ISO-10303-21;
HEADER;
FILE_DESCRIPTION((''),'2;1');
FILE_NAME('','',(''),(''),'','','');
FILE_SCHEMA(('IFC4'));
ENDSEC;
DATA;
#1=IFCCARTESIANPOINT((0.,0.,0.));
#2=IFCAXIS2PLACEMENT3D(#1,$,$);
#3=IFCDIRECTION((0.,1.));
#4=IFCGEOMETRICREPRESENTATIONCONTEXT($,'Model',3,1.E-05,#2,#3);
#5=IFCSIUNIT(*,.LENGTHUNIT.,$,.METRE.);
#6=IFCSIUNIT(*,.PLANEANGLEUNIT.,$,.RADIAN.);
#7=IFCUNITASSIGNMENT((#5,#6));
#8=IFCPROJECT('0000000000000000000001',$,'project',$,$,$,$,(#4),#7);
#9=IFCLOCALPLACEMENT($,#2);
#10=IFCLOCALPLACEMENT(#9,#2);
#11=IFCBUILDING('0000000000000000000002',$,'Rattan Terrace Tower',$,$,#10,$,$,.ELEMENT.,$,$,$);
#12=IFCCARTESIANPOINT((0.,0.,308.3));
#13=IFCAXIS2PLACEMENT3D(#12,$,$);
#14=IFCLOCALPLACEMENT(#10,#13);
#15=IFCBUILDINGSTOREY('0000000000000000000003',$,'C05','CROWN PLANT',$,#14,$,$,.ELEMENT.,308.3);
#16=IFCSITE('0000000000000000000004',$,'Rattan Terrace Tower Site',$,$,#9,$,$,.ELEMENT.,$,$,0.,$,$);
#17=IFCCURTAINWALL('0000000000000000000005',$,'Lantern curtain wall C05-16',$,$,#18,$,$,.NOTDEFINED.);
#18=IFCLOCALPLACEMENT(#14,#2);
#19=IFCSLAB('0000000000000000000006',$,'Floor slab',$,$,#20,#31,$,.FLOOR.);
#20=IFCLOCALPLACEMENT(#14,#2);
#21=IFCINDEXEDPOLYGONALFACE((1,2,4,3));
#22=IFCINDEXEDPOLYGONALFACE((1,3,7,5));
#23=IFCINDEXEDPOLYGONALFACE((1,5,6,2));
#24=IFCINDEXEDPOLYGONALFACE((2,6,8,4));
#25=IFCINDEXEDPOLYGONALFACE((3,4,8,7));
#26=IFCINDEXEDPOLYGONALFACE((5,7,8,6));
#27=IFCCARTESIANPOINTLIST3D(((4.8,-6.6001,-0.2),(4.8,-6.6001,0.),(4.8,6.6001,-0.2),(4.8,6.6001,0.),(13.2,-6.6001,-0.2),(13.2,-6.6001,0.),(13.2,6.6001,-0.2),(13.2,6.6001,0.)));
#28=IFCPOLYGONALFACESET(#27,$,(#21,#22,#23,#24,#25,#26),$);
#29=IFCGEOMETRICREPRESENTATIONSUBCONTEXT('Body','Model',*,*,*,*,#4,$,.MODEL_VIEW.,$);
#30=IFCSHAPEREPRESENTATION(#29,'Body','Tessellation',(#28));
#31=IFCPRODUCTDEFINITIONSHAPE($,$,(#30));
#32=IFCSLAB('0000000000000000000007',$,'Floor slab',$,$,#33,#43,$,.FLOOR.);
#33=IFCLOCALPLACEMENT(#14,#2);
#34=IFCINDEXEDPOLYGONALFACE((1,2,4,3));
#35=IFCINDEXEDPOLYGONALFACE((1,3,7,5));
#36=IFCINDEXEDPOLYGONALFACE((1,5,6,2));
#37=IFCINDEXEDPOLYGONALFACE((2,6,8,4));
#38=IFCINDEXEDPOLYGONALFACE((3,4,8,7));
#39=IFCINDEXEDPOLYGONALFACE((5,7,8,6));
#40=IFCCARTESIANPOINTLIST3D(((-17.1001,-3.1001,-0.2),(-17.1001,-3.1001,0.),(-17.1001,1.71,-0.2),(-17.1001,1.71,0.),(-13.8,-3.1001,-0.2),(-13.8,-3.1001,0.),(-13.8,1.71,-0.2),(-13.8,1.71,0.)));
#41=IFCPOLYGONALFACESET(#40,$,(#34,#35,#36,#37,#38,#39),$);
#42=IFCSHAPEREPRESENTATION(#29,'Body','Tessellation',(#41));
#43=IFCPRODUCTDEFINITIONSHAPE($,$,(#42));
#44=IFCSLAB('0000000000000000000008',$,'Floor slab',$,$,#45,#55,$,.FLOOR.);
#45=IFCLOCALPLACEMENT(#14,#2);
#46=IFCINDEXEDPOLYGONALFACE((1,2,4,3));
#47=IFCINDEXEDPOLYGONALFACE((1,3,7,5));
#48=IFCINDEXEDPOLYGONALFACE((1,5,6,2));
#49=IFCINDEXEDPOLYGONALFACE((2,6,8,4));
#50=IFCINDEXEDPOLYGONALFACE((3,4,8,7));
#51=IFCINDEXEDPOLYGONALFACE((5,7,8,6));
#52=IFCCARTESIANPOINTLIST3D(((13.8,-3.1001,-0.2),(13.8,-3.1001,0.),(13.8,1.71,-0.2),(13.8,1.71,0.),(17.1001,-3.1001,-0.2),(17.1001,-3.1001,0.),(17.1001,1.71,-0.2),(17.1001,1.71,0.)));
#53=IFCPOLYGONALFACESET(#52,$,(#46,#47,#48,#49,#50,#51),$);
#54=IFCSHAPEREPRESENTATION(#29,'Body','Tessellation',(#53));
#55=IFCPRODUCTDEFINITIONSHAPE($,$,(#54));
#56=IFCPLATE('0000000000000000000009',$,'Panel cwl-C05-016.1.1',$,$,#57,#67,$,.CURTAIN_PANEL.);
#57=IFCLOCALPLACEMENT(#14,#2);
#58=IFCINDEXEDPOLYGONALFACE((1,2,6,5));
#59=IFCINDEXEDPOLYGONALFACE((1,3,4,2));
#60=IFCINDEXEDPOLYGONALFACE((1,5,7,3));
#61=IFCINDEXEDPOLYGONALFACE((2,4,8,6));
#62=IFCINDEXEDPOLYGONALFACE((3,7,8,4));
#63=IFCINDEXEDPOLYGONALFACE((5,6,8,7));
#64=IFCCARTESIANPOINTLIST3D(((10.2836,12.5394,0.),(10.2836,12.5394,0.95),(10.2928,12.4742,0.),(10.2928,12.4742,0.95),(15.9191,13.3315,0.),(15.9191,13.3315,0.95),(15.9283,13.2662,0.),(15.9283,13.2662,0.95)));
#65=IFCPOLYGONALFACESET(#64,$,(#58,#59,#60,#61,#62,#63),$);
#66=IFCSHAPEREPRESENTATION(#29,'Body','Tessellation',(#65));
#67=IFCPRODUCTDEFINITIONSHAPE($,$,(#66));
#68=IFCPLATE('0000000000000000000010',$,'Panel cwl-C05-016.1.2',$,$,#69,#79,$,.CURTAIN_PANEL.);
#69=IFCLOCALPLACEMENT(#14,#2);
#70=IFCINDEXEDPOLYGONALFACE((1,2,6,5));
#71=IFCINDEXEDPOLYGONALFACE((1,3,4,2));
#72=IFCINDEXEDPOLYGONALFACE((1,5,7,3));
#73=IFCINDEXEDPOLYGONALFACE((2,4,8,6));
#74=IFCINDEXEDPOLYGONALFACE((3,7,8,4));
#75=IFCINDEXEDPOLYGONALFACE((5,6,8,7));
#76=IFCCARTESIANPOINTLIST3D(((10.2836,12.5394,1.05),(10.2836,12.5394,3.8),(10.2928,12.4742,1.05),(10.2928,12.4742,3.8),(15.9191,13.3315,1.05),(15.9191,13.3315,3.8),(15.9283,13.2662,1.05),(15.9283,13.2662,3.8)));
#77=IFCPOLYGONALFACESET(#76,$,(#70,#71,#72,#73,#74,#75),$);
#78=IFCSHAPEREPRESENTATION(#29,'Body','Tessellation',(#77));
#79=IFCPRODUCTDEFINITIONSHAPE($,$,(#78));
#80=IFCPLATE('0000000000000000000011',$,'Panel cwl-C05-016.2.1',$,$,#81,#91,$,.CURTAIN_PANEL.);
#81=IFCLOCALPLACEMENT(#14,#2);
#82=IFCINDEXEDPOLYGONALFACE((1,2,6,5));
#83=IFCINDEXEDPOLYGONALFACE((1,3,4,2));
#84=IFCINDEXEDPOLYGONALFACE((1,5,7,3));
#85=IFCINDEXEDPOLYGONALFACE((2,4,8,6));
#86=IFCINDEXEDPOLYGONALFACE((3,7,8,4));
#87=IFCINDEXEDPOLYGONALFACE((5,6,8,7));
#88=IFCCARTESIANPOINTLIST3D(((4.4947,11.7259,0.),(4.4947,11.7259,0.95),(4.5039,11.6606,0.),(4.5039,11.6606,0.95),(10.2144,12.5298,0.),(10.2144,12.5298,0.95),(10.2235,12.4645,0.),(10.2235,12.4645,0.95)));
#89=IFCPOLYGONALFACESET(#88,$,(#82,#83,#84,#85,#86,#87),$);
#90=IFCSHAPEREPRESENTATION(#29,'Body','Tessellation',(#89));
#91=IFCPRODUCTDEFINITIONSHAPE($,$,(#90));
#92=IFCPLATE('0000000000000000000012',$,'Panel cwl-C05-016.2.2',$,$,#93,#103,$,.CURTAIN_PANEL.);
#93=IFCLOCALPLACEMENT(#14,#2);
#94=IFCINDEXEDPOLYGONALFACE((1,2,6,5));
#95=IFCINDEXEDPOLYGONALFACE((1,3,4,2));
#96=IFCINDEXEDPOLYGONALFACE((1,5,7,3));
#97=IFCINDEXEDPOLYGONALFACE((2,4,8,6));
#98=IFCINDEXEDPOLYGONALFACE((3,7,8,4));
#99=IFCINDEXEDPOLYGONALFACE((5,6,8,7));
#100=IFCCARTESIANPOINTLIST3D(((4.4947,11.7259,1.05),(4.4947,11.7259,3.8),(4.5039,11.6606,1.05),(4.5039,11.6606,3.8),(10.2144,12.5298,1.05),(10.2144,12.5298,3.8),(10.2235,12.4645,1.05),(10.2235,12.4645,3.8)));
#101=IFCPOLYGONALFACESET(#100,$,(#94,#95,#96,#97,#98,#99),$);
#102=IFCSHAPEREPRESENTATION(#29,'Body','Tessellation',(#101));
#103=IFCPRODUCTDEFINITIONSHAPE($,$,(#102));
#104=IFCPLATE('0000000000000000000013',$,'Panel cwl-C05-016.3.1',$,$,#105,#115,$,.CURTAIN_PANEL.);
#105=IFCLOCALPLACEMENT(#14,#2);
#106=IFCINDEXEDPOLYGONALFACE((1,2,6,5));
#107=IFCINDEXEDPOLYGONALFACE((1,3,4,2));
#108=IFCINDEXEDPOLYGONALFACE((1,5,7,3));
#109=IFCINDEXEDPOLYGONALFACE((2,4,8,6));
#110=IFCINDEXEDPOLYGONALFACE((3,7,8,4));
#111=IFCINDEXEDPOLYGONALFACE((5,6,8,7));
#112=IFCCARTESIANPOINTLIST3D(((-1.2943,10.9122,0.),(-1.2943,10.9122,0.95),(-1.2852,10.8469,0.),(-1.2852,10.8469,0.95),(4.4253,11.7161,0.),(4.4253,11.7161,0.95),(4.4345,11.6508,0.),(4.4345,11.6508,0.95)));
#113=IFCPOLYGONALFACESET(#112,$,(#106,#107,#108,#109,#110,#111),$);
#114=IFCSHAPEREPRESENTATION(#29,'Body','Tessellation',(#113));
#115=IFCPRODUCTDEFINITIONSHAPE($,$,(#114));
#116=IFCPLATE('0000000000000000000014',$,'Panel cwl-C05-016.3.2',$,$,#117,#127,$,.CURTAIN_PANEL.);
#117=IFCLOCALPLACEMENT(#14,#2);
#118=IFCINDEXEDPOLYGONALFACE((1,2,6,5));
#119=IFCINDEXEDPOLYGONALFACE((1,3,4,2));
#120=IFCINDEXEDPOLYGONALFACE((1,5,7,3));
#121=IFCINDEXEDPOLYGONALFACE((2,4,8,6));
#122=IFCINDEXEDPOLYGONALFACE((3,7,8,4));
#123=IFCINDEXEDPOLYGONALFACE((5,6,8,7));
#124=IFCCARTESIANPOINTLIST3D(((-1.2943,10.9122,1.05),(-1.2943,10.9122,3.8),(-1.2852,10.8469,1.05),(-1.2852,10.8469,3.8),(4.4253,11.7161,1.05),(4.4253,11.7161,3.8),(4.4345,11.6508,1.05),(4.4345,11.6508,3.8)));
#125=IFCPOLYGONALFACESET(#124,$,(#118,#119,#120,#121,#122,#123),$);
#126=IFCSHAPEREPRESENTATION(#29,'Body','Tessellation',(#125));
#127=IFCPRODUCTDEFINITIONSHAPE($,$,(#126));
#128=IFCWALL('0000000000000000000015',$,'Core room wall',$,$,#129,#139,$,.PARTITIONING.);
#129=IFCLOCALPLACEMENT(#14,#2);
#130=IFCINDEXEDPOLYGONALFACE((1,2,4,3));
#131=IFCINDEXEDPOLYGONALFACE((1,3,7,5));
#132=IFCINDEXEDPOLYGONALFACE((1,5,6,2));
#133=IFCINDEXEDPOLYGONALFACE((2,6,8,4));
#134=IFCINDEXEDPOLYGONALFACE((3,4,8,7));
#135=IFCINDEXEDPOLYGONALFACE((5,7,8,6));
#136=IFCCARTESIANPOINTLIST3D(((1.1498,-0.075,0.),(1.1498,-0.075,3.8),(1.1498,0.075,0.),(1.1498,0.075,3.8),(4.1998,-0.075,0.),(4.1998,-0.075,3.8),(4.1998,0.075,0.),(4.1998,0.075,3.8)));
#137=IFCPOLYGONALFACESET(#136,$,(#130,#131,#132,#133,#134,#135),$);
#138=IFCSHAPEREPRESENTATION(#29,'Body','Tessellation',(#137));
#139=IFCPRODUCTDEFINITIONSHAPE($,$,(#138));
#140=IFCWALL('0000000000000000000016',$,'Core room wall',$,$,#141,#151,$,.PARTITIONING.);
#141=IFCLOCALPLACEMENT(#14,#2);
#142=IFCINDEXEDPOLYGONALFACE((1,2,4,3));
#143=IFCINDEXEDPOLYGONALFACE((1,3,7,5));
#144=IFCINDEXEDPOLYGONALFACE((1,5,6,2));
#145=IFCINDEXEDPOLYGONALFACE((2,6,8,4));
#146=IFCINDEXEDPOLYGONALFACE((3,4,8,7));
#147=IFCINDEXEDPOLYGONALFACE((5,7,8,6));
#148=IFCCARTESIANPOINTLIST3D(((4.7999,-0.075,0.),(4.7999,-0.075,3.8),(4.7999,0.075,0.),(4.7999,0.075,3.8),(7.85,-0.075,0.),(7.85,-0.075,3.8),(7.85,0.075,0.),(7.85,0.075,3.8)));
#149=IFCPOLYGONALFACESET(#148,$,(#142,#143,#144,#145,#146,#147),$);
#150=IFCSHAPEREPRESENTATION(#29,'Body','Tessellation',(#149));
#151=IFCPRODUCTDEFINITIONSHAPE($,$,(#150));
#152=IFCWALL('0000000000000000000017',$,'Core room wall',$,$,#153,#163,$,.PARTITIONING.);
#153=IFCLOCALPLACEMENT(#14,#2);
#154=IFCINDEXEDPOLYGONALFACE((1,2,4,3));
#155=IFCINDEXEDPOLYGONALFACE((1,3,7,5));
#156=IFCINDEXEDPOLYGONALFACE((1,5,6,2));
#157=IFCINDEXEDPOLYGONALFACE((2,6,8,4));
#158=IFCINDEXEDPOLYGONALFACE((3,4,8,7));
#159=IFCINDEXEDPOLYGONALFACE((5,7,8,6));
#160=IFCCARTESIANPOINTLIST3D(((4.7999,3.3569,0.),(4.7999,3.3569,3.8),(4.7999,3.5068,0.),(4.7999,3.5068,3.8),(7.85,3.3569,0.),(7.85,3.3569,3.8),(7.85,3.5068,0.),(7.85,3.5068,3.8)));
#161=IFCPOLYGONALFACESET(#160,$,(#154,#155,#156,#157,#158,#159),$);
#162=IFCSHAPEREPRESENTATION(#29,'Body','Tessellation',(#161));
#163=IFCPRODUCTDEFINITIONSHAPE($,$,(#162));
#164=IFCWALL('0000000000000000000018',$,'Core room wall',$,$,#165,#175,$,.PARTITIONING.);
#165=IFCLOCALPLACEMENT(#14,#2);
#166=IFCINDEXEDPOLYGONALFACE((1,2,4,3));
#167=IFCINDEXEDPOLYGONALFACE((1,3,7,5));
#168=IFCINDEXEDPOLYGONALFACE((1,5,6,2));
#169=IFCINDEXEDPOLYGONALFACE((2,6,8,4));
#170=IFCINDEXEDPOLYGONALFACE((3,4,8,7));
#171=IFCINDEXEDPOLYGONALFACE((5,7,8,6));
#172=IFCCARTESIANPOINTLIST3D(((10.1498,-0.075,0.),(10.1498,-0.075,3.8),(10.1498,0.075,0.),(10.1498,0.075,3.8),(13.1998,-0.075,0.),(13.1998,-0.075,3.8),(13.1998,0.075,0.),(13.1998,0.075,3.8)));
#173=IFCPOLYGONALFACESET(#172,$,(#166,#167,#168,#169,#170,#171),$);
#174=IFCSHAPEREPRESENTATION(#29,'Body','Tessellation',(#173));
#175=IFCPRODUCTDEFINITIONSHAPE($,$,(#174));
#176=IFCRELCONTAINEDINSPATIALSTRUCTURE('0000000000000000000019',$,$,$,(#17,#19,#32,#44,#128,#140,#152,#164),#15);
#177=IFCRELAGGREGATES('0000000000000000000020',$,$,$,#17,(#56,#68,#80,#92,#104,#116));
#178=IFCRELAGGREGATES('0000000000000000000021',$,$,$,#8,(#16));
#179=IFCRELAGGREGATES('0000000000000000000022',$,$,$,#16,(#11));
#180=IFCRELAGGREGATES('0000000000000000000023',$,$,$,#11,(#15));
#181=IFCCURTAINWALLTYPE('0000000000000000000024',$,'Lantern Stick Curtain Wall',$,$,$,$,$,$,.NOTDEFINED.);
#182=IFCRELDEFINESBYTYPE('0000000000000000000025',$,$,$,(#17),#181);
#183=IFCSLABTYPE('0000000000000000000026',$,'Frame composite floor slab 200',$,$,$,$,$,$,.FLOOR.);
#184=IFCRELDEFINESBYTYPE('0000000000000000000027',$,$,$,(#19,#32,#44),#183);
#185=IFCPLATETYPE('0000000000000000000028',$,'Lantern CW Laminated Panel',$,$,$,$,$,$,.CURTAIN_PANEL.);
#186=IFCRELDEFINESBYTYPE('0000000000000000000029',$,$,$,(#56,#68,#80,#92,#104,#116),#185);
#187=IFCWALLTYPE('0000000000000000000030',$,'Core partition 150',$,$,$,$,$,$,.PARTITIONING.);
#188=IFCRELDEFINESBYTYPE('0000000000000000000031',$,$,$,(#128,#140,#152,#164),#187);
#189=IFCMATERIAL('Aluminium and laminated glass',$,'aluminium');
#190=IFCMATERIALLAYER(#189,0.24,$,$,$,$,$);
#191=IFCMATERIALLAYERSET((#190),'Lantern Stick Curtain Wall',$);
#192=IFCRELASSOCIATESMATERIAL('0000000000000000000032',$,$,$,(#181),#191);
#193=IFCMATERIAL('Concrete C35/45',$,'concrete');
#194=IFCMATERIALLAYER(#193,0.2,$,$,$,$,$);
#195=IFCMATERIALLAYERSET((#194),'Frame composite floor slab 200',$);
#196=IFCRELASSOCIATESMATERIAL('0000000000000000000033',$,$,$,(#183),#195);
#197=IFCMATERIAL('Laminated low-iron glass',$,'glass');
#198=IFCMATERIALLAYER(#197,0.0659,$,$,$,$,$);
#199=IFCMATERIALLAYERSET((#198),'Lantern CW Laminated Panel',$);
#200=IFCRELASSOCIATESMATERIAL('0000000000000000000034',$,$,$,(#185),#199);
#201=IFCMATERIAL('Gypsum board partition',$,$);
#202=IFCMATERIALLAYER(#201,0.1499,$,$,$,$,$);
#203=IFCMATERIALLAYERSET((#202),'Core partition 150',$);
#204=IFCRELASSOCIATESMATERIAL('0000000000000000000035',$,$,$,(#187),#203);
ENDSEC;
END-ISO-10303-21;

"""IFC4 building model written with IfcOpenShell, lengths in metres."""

from ifc_helpers import new_model, si_unit, direction, frame, frame_2d, origin, origin_2d, place, context, subcontext, project, spatial, polyline, rectangle, outline, extrude, material, layer, layer_set, type_object, element, aggregate, save


model = new_model("IFC4")

# Units and contexts
model_context = context("Model", 3, precision=1e-05, world=origin(), true_north=direction((0.0, 1.0)))
body_context = subcontext(model_context, "Body", "Model", "MODEL_VIEW")
ifc_project = project(units=[si_unit("LENGTHUNIT", "METRE"), si_unit("PLANEANGLEUNIT", "RADIAN")], contexts=[model_context])

# Site, building, storey
site_placement = place(None, origin())
site = spatial("IfcSite", under=ifc_project, at=site_placement, Name="Rattan Terrace Tower Site", CompositionType="ELEMENT", RefElevation=0.0)
building_placement = place(site_placement, origin())
building = spatial("IfcBuilding", under=site, at=building_placement, Name="Rattan Terrace Tower", CompositionType="ELEMENT")
storey_placement = place(building_placement, frame((0.0, 0.0, 308.3)))
storey = spatial("IfcBuildingStorey", under=building, at=storey_placement, Name="C05", Description="CROWN PLANT", CompositionType="ELEMENT", Elevation=308.3)

# Curtain wall
ifc_material_1 = material(Name="Aluminium and laminated glass", Category="aluminium")
ifc_layer_1 = layer(ifc_material_1, 0.24)
ifc_layer_set_1 = layer_set([ifc_layer_1], Name="Lantern Stick Curtain Wall")
curtain_wall_type = type_object("IfcCurtainWallType", Name="Lantern Stick Curtain Wall", PredefinedType="NOTDEFINED", material=ifc_layer_set_1)
curtain_wall_placement = place(storey_placement, origin())
curtain_wall = element("IfcCurtainWall", 1, at=curtain_wall_placement, inside=storey, type_object=curtain_wall_type, Name="Lantern curtain wall C05-16", PredefinedType="NOTDEFINED")

# Slabs
ifc_material_2 = material(Name="Concrete C35/45", Category="concrete")
ifc_layer_2 = layer(ifc_material_2, 0.2)
ifc_layer_set_2 = layer_set([ifc_layer_2], Name="Frame composite floor slab 200")
slab_type_1 = type_object("IfcSlabType", Name="Frame composite floor slab 200", PredefinedType="FLOOR", material=ifc_layer_set_2)
slab_1_placement = place(storey_placement, frame((0.0, 0.0, -0.2)))
element("IfcSlab", 2, at=slab_1_placement, inside=storey, type_object=slab_type_1, Name="Floor slab", PredefinedType="FLOOR", context=body_context, shape_type="SweptSolid", body=[
    extrude(outline(polyline([(4.8, -6.6001), (13.2, -6.6001), (13.2, 6.6001), (4.8, 6.6001), (4.8, -6.6001)])), origin(), (0.0, 0.0, 1.0), 0.2),
])
slab_2_placement = place(storey_placement, frame((0.0, 0.0, -0.2)))
element("IfcSlab", 3, at=slab_2_placement, inside=storey, type_object=slab_type_1, Name="Floor slab", PredefinedType="FLOOR", context=body_context, shape_type="SweptSolid", body=[
    extrude(outline(polyline([(-13.8, -3.1001), (-13.8, 1.71), (-17.1001, 1.71), (-17.1001, -3.1001), (-13.8, -3.1001)])), origin(), (0.0, 0.0, 1.0), 0.2),
])
slab_3_placement = place(storey_placement, frame((0.0, 0.0, -0.2)))
element("IfcSlab", 4, at=slab_3_placement, inside=storey, type_object=slab_type_1, Name="Floor slab", PredefinedType="FLOOR", context=body_context, shape_type="SweptSolid", body=[
    extrude(outline(polyline([(13.8, -3.1001), (17.1001, -3.1001), (17.1001, 1.71), (13.8, 1.71), (13.8, -3.1001)])), origin(), (0.0, 0.0, 1.0), 0.2),
])

# Plates
ifc_material_3 = material(Name="Laminated low-iron glass", Category="glass")
ifc_layer_3 = layer(ifc_material_3, 0.0659)
ifc_layer_set_3 = layer_set([ifc_layer_3], Name="Lantern CW Laminated Panel")
plate_type = type_object("IfcPlateType", Name="Lantern CW Laminated Panel", PredefinedType="CURTAIN_PANEL", material=ifc_layer_set_3)
plate_1_placement = place(storey_placement, frame((13.106, 12.9028, 0.0), z_axis=(0.0, 0.0, 1.0), x_axis=(-0.990267, -0.139181, 0.0)))
plate_1 = element("IfcPlate", 5, at=plate_1_placement, type_object=plate_type, Name="Panel cwl-C05-016.1.1", PredefinedType="CURTAIN_PANEL", context=body_context, shape_type="SweptSolid", body=[
    extrude(rectangle(XDim=5.6909, YDim=0.0659, at=origin_2d()), origin(), (0.0, 0.0, 1.0), 0.95),
])
plate_2_placement = place(storey_placement, frame((13.106, 12.9028, 1.05), z_axis=(0.0, 0.0, 1.0), x_axis=(-0.990267, -0.139181, 0.0)))
plate_2 = element("IfcPlate", 6, at=plate_2_placement, type_object=plate_type, Name="Panel cwl-C05-016.1.2", PredefinedType="CURTAIN_PANEL", context=body_context, shape_type="SweptSolid", body=[
    extrude(rectangle(XDim=5.6909, YDim=0.0659, at=origin_2d()), origin(), (0.0, 0.0, 1.0), 2.75),
])
plate_3_placement = place(storey_placement, frame((7.3591, 12.0952, 0.0), z_axis=(0.0, 0.0, 1.0), x_axis=(-0.990267, -0.139181, 0.0)))
plate_3 = element("IfcPlate", 7, at=plate_3_placement, type_object=plate_type, Name="Panel cwl-C05-016.2.1", PredefinedType="CURTAIN_PANEL", context=body_context, shape_type="SweptSolid", body=[
    extrude(rectangle(XDim=5.7759, YDim=0.0659, at=origin_2d()), origin(), (0.0, 0.0, 1.0), 0.95),
])
plate_4_placement = place(storey_placement, frame((7.3591, 12.0952, 1.05), z_axis=(0.0, 0.0, 1.0), x_axis=(-0.990267, -0.139181, 0.0)))
plate_4 = element("IfcPlate", 8, at=plate_4_placement, type_object=plate_type, Name="Panel cwl-C05-016.2.2", PredefinedType="CURTAIN_PANEL", context=body_context, shape_type="SweptSolid", body=[
    extrude(rectangle(XDim=5.7759, YDim=0.0659, at=origin_2d()), origin(), (0.0, 0.0, 1.0), 2.75),
])
plate_5_placement = place(storey_placement, frame((1.5701, 11.2815, 0.0), z_axis=(0.0, 0.0, 1.0), x_axis=(-0.990267, -0.139181, 0.0)))
plate_5 = element("IfcPlate", 9, at=plate_5_placement, type_object=plate_type, Name="Panel cwl-C05-016.3.1", PredefinedType="CURTAIN_PANEL", context=body_context, shape_type="SweptSolid", body=[
    extrude(rectangle(XDim=5.7759, YDim=0.0659, at=origin_2d()), origin(), (0.0, 0.0, 1.0), 0.95),
])
plate_6_placement = place(storey_placement, frame((1.5701, 11.2815, 1.05), z_axis=(0.0, 0.0, 1.0), x_axis=(-0.990267, -0.139181, 0.0)))
plate_6 = element("IfcPlate", 10, at=plate_6_placement, type_object=plate_type, Name="Panel cwl-C05-016.3.2", PredefinedType="CURTAIN_PANEL", context=body_context, shape_type="SweptSolid", body=[
    extrude(rectangle(XDim=5.7759, YDim=0.0659, at=origin_2d()), origin(), (0.0, 0.0, 1.0), 2.75),
])
aggregate(curtain_wall, [plate_1, plate_2, plate_3, plate_4, plate_5, plate_6])

# Walls
ifc_material_4 = material(Name="Gypsum board partition")
ifc_layer_4 = layer(ifc_material_4, 0.1499)
ifc_layer_set_4 = layer_set([ifc_layer_4], Name="Core partition 150")
wall_type_1 = type_object("IfcWallType", Name="Core partition 150", PredefinedType="PARTITIONING", material=ifc_layer_set_4)
for number, where, z_axis, x_axis, name in (
    (11, (1.1499, 0.0, 0.0), (0.0, 0.0, 1.0), (1.0, 0.0, 0.0), "Core room wall"),
    (12, (4.8, 0.0, 0.0), (0.0, 0.0, 1.0), (1.0, 0.0, 0.0), "Core room wall"),
    (13, (4.8, 3.4319, 0.0), (0.0, 0.0, 1.0), (1.0, 0.0, 0.0), "Core room wall"),
    (14, (10.1499, 0.0, 0.0), (0.0, 0.0, 1.0), (1.0, 0.0, 0.0), "Core room wall"),
):
    element("IfcWall", number, at=place(storey_placement, frame(where, z_axis=z_axis, x_axis=x_axis)), inside=storey, type_object=wall_type_1, Name=name, PredefinedType="PARTITIONING", context=body_context, shape_type="SweptSolid", body=[
        extrude(rectangle(XDim=3.05, YDim=0.1499, at=frame_2d((1.5249, 0.0))), origin(), (0.0, 0.0, 1.0), 3.8),
    ])

save(model, "model.ifc")
